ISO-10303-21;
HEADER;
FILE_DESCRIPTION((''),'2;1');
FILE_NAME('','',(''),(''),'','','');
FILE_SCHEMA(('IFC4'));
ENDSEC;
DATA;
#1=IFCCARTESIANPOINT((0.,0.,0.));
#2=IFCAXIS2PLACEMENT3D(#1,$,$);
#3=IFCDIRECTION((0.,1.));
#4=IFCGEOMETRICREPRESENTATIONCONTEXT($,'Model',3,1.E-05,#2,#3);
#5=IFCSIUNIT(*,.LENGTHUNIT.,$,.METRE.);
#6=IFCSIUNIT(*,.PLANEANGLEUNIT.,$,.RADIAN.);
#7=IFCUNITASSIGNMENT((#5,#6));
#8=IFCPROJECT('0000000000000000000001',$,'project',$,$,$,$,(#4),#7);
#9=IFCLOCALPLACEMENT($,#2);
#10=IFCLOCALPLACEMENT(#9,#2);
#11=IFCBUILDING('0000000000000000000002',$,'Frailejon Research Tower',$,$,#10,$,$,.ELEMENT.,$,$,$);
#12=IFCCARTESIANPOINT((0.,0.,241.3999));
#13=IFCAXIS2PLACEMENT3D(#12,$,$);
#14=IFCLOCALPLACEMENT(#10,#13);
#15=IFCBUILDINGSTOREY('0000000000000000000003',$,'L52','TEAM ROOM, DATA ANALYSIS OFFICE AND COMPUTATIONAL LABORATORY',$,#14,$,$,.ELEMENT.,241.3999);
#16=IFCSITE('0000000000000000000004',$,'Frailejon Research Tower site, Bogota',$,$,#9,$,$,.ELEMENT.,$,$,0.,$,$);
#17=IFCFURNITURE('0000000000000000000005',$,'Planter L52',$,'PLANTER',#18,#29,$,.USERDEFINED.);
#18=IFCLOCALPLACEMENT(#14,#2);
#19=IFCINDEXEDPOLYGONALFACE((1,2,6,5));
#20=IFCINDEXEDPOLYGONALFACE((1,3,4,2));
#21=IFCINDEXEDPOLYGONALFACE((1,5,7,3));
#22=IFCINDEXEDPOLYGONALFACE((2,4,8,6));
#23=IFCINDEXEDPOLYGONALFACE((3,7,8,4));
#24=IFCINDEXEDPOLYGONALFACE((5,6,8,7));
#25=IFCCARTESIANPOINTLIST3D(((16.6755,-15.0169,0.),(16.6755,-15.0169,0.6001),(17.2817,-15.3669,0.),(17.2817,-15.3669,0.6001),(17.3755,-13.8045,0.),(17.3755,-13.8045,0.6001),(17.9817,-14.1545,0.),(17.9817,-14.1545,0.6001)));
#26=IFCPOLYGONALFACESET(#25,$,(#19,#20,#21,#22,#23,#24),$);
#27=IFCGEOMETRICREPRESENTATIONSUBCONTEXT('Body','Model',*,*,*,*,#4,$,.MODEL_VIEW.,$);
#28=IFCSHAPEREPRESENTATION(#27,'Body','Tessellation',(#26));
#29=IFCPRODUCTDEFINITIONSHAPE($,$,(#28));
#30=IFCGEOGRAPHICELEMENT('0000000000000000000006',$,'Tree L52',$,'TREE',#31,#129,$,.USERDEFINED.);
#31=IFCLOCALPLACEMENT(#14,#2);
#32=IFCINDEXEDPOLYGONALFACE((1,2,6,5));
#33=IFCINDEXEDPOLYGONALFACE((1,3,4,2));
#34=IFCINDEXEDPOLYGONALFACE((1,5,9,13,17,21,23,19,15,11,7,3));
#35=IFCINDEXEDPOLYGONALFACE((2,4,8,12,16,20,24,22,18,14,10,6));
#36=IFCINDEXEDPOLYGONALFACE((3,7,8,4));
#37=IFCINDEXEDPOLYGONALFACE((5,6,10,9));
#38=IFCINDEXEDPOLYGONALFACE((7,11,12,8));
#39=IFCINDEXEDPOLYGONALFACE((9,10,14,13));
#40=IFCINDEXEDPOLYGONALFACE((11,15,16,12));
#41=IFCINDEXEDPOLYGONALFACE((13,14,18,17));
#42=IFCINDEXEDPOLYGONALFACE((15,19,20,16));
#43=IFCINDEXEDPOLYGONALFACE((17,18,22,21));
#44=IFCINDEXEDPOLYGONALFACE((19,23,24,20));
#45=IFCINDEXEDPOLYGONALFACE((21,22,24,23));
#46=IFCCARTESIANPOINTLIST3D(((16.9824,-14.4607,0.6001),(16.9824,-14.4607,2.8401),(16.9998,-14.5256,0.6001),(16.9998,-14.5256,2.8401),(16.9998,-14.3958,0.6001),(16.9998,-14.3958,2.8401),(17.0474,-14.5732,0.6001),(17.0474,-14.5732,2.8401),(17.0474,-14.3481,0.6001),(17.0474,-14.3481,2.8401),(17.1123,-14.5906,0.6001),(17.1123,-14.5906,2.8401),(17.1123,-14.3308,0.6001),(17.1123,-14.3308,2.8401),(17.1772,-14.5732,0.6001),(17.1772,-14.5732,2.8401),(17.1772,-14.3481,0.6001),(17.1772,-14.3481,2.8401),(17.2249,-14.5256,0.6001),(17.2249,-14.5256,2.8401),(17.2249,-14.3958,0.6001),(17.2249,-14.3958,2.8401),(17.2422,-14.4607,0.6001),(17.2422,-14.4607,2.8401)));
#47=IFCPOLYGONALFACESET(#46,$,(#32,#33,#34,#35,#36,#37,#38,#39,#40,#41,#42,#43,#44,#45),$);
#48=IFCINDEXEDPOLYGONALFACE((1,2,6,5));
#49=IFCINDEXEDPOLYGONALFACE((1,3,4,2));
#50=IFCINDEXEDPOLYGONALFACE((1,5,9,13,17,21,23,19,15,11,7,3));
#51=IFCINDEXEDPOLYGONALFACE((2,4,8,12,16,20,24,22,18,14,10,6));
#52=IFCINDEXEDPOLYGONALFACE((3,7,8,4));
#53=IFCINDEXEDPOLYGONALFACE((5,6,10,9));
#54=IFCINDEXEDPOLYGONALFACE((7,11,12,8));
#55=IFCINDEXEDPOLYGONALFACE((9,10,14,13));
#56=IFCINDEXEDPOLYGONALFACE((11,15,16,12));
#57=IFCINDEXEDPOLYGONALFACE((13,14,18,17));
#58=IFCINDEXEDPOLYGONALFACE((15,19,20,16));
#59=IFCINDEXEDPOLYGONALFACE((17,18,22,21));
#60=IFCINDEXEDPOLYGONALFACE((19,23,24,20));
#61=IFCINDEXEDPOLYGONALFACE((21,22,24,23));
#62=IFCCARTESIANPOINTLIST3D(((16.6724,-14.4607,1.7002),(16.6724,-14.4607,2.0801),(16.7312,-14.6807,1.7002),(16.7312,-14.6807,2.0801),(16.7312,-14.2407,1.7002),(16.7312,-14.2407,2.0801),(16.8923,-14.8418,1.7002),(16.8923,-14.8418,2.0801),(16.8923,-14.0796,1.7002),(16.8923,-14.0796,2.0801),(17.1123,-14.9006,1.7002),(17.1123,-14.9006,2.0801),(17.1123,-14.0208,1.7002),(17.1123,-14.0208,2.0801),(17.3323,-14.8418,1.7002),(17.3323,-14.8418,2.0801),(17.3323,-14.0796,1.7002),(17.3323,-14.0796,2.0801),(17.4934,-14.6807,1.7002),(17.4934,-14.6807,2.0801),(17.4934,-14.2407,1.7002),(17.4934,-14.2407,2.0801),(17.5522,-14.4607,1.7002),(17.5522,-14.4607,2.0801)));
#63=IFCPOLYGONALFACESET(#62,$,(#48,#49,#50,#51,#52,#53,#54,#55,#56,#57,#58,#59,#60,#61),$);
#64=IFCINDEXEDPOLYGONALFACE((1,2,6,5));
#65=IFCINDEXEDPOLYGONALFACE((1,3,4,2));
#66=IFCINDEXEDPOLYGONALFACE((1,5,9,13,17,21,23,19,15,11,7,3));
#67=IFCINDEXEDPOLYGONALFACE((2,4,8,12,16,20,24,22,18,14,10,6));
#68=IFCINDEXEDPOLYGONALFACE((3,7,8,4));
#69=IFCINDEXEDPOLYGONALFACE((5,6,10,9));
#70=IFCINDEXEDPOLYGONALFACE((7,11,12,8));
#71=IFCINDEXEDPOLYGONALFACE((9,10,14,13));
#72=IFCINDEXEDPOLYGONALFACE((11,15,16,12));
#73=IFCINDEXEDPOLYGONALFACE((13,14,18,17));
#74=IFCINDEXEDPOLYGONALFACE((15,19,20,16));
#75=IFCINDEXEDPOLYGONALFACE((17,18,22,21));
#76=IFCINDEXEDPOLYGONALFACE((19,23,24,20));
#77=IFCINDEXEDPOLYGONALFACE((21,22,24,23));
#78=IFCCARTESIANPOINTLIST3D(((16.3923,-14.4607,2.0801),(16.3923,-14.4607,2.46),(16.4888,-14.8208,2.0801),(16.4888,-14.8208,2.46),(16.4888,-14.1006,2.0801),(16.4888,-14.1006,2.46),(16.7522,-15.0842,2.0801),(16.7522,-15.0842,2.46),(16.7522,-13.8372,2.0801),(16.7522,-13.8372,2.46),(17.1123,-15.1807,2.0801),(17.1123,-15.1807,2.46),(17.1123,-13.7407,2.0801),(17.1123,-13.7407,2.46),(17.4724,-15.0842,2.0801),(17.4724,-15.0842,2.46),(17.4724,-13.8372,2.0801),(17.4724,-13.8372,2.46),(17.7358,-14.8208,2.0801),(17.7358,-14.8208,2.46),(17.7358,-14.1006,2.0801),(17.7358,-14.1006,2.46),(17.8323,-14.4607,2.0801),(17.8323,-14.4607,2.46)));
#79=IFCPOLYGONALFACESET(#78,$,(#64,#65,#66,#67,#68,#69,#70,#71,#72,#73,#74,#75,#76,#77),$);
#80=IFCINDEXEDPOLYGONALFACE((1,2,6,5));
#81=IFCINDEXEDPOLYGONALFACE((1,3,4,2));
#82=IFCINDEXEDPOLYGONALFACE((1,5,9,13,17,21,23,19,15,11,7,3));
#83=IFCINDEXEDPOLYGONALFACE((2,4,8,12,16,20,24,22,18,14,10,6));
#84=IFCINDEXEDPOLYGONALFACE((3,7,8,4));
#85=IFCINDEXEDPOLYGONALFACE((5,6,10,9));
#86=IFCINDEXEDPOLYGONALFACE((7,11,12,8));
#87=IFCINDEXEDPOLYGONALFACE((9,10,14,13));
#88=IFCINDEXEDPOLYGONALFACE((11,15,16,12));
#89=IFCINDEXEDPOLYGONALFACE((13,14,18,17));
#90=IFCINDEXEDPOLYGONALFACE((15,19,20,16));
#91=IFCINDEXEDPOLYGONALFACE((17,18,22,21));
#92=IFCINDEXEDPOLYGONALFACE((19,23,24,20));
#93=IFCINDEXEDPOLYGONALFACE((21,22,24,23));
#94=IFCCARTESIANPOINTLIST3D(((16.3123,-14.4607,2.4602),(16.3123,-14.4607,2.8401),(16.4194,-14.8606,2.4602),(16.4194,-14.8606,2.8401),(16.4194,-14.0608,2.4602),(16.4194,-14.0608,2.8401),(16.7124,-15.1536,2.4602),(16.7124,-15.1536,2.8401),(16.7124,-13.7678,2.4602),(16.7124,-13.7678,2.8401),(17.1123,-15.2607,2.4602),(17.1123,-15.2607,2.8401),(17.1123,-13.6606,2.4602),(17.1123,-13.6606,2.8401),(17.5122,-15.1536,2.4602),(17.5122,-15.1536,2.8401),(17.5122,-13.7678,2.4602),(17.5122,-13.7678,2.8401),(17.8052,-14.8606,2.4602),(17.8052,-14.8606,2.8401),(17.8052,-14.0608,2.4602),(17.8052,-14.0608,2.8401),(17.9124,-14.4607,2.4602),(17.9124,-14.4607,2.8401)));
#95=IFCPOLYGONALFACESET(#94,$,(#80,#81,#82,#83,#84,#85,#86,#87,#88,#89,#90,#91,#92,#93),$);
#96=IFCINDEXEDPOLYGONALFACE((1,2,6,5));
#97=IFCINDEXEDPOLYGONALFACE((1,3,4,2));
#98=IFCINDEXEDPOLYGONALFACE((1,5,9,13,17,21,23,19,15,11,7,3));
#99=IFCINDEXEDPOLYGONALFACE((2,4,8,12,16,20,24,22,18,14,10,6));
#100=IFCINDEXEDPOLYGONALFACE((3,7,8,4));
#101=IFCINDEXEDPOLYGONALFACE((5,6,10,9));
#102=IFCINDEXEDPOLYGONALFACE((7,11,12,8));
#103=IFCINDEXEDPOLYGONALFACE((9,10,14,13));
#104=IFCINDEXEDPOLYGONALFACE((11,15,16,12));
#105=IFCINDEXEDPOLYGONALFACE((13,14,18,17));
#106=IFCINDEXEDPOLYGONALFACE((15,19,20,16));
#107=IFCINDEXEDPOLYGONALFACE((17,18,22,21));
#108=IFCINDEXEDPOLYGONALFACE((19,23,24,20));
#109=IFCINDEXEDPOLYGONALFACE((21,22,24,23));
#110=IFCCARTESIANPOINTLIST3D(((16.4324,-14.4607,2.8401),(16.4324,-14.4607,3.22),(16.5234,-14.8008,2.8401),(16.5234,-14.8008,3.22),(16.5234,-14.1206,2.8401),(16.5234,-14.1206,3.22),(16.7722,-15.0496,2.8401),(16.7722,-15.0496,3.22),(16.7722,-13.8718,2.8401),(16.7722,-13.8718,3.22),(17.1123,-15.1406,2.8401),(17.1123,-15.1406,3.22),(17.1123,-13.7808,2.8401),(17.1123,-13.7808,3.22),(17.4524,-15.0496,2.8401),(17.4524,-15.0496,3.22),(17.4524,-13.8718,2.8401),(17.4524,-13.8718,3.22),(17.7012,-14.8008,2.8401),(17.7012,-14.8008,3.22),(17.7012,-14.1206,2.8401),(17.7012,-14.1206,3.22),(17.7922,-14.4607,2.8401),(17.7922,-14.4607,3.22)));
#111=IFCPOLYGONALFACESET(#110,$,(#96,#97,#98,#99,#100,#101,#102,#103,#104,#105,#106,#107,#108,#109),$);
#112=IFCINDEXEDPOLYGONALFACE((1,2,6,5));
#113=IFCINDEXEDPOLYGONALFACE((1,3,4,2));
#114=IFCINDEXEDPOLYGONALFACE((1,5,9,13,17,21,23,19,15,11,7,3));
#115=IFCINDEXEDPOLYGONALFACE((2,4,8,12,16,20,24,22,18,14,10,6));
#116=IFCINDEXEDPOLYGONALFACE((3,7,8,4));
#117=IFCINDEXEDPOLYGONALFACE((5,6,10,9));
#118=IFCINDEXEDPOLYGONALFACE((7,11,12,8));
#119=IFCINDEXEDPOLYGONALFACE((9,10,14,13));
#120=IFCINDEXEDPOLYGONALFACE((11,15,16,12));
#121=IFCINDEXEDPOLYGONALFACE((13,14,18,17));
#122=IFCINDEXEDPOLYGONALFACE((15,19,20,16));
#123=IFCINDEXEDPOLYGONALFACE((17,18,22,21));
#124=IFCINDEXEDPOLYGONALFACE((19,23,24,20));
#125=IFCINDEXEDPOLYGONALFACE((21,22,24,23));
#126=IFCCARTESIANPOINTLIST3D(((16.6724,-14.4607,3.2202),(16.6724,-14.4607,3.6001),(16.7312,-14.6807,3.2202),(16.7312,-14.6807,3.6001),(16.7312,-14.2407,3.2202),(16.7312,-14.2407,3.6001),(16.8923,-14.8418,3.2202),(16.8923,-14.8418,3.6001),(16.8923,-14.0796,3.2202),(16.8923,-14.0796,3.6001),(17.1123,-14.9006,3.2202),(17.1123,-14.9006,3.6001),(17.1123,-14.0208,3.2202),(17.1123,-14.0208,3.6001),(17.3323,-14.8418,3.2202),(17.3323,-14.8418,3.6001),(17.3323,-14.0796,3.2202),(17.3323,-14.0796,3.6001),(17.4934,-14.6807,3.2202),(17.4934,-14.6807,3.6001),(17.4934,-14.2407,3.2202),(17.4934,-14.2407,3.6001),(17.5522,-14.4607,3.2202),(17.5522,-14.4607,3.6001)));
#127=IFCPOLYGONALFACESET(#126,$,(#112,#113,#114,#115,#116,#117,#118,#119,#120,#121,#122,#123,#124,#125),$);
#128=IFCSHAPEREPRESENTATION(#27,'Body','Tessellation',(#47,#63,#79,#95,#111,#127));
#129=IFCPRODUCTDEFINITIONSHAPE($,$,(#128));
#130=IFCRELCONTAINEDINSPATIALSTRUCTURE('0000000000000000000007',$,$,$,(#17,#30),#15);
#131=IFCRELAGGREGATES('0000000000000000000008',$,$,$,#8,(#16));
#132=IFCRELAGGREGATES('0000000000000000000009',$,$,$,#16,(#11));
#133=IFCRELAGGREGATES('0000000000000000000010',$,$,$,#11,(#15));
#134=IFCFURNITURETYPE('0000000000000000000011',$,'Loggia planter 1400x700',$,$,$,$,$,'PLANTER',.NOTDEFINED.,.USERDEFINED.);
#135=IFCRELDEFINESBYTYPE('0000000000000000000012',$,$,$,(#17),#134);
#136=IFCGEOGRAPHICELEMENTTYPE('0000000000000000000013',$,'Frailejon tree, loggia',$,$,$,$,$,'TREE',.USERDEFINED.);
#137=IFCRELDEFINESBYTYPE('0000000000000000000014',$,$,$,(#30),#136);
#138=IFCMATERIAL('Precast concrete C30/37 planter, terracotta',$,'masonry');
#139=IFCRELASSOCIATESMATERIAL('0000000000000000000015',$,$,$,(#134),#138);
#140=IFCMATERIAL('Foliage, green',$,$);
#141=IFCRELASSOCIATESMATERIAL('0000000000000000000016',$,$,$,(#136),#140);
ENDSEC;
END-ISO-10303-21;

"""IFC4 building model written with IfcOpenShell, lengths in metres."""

from ifc_helpers import new_model, si_unit, direction, frame, origin, origin_2d, place, context, subcontext, project, spatial, polyline, rectangle, outline, extrude, material, type_object, element, save


model = new_model("IFC4")

# Units and contexts
model_context = context("Model", 3, precision=1e-05, world=origin(), true_north=direction((0.0, 1.0)))
body_context = subcontext(model_context, "Body", "Model", "MODEL_VIEW")
ifc_project = project(units=[si_unit("LENGTHUNIT", "METRE"), si_unit("PLANEANGLEUNIT", "RADIAN")], contexts=[model_context])

# Site, building, storey
site_placement = place(None, origin())
site = spatial("IfcSite", under=ifc_project, at=site_placement, Name="Frailejon Research Tower site, Bogota", CompositionType="ELEMENT", RefElevation=0.0)
building_placement = place(site_placement, origin())
building = spatial("IfcBuilding", under=site, at=building_placement, Name="Frailejon Research Tower", CompositionType="ELEMENT")
storey_placement = place(building_placement, frame((0.0, 0.0, 241.3999)))
storey = spatial("IfcBuildingStorey", under=building, at=storey_placement, Name="L52", Description="TEAM ROOM, DATA ANALYSIS OFFICE AND COMPUTATIONAL LABORATORY", CompositionType="ELEMENT", Elevation=241.3999)

# Furniture
ifc_material_1 = material(Name="Precast concrete C30/37 planter, terracotta", Category="masonry")
furniture_type = type_object("IfcFurnitureType", Name="Loggia planter 1400x700", ElementType="PLANTER", AssemblyPlace="NOTDEFINED", PredefinedType="USERDEFINED", material=ifc_material_1)
furniture_placement = place(storey_placement, frame((17.3286, -14.5857, 0.0), z_axis=(0.0, 0.0, 1.0), x_axis=(0.5, 0.866025, 0.0)))
element("IfcFurniture", 1, at=furniture_placement, inside=storey, type_object=furniture_type, Name="Planter L52", ObjectType="PLANTER", PredefinedType="USERDEFINED", context=body_context, shape_type="SweptSolid", body=[
    extrude(rectangle(XDim=1.3999, YDim=0.7, at=origin_2d()), origin(), (0.0, 0.0, 1.0), 0.6001),
])

# Geographic element
ifc_material_2 = material(Name="Foliage, green")
geographic_element_type = type_object("IfcGeographicElementType", Name="Frailejon tree, loggia", ElementType="TREE", PredefinedType="USERDEFINED", material=ifc_material_2)
geographic_element_placement = place(storey_placement, frame((17.1123, -14.4607, 0.6001)))
element("IfcGeographicElement", 2, at=geographic_element_placement, inside=storey, type_object=geographic_element_type, Name="Tree L52", ObjectType="TREE", PredefinedType="USERDEFINED", context=body_context, shape_type="SweptSolid", body=[
    extrude(outline(polyline([(0.1299, 0.0), (0.1125, 0.0649), (0.0649, 0.1125), (0.0, 0.1299), (-0.0649, 0.1125), (-0.1125, 0.0649), (-0.1299, 0.0), (-0.1125, -0.0649), (-0.0649, -0.1125), (0.0, -0.1299), (0.0649, -0.1125), (0.1125, -0.0649), (0.1299, 0.0)])), origin(), (0.0, 0.0, 1.0), 2.24),
    extrude(outline(polyline([(0.4399, 0.0), (0.3811, 0.22), (0.22, 0.3811), (0.0, 0.4399), (-0.22, 0.3811), (-0.3811, 0.22), (-0.4399, 0.0), (-0.3811, -0.22), (-0.22, -0.3811), (0.0, -0.4399), (0.22, -0.3811), (0.3811, -0.22), (0.4399, 0.0)])), frame((0.0, 0.0, 1.1001)), (0.0, 0.0, 1.0), 0.3799),
    extrude(outline(polyline([(0.72, 0.0), (0.6235, 0.3601), (0.3601, 0.6235), (0.0, 0.72), (-0.3601, 0.6235), (-0.6235, 0.3601), (-0.72, 0.0), (-0.6235, -0.3601), (-0.3601, -0.6235), (0.0, -0.72), (0.3601, -0.6235), (0.6235, -0.3601), (0.72, 0.0)])), frame((0.0, 0.0, 1.48)), (0.0, 0.0, 1.0), 0.3799),
    extrude(outline(polyline([(0.8, 0.0), (0.6929, 0.3999), (0.3999, 0.6929), (0.0, 0.8), (-0.3999, 0.6929), (-0.6929, 0.3999), (-0.8, 0.0), (-0.6929, -0.3999), (-0.3999, -0.6929), (0.0, -0.8), (0.3999, -0.6929), (0.6929, -0.3999), (0.8, 0.0)])), frame((0.0, 0.0, 1.8601)), (0.0, 0.0, 1.0), 0.3799),
    extrude(outline(polyline([(0.6799, 0.0), (0.5889, 0.3401), (0.3401, 0.5889), (0.0, 0.6799), (-0.3401, 0.5889), (-0.5889, 0.3401), (-0.6799, 0.0), (-0.5889, -0.3401), (-0.3401, -0.5889), (0.0, -0.6799), (0.3401, -0.5889), (0.5889, -0.3401), (0.6799, 0.0)])), frame((0.0, 0.0, 2.24)), (0.0, 0.0, 1.0), 0.3799),
    extrude(outline(polyline([(0.4399, 0.0), (0.3811, 0.22), (0.22, 0.3811), (0.0, 0.4399), (-0.22, 0.3811), (-0.3811, 0.22), (-0.4399, 0.0), (-0.3811, -0.22), (-0.22, -0.3811), (0.0, -0.4399), (0.22, -0.3811), (0.3811, -0.22), (0.4399, 0.0)])), frame((0.0, 0.0, 2.6201)), (0.0, 0.0, 1.0), 0.3799),
])

save(model, "model.ifc")
